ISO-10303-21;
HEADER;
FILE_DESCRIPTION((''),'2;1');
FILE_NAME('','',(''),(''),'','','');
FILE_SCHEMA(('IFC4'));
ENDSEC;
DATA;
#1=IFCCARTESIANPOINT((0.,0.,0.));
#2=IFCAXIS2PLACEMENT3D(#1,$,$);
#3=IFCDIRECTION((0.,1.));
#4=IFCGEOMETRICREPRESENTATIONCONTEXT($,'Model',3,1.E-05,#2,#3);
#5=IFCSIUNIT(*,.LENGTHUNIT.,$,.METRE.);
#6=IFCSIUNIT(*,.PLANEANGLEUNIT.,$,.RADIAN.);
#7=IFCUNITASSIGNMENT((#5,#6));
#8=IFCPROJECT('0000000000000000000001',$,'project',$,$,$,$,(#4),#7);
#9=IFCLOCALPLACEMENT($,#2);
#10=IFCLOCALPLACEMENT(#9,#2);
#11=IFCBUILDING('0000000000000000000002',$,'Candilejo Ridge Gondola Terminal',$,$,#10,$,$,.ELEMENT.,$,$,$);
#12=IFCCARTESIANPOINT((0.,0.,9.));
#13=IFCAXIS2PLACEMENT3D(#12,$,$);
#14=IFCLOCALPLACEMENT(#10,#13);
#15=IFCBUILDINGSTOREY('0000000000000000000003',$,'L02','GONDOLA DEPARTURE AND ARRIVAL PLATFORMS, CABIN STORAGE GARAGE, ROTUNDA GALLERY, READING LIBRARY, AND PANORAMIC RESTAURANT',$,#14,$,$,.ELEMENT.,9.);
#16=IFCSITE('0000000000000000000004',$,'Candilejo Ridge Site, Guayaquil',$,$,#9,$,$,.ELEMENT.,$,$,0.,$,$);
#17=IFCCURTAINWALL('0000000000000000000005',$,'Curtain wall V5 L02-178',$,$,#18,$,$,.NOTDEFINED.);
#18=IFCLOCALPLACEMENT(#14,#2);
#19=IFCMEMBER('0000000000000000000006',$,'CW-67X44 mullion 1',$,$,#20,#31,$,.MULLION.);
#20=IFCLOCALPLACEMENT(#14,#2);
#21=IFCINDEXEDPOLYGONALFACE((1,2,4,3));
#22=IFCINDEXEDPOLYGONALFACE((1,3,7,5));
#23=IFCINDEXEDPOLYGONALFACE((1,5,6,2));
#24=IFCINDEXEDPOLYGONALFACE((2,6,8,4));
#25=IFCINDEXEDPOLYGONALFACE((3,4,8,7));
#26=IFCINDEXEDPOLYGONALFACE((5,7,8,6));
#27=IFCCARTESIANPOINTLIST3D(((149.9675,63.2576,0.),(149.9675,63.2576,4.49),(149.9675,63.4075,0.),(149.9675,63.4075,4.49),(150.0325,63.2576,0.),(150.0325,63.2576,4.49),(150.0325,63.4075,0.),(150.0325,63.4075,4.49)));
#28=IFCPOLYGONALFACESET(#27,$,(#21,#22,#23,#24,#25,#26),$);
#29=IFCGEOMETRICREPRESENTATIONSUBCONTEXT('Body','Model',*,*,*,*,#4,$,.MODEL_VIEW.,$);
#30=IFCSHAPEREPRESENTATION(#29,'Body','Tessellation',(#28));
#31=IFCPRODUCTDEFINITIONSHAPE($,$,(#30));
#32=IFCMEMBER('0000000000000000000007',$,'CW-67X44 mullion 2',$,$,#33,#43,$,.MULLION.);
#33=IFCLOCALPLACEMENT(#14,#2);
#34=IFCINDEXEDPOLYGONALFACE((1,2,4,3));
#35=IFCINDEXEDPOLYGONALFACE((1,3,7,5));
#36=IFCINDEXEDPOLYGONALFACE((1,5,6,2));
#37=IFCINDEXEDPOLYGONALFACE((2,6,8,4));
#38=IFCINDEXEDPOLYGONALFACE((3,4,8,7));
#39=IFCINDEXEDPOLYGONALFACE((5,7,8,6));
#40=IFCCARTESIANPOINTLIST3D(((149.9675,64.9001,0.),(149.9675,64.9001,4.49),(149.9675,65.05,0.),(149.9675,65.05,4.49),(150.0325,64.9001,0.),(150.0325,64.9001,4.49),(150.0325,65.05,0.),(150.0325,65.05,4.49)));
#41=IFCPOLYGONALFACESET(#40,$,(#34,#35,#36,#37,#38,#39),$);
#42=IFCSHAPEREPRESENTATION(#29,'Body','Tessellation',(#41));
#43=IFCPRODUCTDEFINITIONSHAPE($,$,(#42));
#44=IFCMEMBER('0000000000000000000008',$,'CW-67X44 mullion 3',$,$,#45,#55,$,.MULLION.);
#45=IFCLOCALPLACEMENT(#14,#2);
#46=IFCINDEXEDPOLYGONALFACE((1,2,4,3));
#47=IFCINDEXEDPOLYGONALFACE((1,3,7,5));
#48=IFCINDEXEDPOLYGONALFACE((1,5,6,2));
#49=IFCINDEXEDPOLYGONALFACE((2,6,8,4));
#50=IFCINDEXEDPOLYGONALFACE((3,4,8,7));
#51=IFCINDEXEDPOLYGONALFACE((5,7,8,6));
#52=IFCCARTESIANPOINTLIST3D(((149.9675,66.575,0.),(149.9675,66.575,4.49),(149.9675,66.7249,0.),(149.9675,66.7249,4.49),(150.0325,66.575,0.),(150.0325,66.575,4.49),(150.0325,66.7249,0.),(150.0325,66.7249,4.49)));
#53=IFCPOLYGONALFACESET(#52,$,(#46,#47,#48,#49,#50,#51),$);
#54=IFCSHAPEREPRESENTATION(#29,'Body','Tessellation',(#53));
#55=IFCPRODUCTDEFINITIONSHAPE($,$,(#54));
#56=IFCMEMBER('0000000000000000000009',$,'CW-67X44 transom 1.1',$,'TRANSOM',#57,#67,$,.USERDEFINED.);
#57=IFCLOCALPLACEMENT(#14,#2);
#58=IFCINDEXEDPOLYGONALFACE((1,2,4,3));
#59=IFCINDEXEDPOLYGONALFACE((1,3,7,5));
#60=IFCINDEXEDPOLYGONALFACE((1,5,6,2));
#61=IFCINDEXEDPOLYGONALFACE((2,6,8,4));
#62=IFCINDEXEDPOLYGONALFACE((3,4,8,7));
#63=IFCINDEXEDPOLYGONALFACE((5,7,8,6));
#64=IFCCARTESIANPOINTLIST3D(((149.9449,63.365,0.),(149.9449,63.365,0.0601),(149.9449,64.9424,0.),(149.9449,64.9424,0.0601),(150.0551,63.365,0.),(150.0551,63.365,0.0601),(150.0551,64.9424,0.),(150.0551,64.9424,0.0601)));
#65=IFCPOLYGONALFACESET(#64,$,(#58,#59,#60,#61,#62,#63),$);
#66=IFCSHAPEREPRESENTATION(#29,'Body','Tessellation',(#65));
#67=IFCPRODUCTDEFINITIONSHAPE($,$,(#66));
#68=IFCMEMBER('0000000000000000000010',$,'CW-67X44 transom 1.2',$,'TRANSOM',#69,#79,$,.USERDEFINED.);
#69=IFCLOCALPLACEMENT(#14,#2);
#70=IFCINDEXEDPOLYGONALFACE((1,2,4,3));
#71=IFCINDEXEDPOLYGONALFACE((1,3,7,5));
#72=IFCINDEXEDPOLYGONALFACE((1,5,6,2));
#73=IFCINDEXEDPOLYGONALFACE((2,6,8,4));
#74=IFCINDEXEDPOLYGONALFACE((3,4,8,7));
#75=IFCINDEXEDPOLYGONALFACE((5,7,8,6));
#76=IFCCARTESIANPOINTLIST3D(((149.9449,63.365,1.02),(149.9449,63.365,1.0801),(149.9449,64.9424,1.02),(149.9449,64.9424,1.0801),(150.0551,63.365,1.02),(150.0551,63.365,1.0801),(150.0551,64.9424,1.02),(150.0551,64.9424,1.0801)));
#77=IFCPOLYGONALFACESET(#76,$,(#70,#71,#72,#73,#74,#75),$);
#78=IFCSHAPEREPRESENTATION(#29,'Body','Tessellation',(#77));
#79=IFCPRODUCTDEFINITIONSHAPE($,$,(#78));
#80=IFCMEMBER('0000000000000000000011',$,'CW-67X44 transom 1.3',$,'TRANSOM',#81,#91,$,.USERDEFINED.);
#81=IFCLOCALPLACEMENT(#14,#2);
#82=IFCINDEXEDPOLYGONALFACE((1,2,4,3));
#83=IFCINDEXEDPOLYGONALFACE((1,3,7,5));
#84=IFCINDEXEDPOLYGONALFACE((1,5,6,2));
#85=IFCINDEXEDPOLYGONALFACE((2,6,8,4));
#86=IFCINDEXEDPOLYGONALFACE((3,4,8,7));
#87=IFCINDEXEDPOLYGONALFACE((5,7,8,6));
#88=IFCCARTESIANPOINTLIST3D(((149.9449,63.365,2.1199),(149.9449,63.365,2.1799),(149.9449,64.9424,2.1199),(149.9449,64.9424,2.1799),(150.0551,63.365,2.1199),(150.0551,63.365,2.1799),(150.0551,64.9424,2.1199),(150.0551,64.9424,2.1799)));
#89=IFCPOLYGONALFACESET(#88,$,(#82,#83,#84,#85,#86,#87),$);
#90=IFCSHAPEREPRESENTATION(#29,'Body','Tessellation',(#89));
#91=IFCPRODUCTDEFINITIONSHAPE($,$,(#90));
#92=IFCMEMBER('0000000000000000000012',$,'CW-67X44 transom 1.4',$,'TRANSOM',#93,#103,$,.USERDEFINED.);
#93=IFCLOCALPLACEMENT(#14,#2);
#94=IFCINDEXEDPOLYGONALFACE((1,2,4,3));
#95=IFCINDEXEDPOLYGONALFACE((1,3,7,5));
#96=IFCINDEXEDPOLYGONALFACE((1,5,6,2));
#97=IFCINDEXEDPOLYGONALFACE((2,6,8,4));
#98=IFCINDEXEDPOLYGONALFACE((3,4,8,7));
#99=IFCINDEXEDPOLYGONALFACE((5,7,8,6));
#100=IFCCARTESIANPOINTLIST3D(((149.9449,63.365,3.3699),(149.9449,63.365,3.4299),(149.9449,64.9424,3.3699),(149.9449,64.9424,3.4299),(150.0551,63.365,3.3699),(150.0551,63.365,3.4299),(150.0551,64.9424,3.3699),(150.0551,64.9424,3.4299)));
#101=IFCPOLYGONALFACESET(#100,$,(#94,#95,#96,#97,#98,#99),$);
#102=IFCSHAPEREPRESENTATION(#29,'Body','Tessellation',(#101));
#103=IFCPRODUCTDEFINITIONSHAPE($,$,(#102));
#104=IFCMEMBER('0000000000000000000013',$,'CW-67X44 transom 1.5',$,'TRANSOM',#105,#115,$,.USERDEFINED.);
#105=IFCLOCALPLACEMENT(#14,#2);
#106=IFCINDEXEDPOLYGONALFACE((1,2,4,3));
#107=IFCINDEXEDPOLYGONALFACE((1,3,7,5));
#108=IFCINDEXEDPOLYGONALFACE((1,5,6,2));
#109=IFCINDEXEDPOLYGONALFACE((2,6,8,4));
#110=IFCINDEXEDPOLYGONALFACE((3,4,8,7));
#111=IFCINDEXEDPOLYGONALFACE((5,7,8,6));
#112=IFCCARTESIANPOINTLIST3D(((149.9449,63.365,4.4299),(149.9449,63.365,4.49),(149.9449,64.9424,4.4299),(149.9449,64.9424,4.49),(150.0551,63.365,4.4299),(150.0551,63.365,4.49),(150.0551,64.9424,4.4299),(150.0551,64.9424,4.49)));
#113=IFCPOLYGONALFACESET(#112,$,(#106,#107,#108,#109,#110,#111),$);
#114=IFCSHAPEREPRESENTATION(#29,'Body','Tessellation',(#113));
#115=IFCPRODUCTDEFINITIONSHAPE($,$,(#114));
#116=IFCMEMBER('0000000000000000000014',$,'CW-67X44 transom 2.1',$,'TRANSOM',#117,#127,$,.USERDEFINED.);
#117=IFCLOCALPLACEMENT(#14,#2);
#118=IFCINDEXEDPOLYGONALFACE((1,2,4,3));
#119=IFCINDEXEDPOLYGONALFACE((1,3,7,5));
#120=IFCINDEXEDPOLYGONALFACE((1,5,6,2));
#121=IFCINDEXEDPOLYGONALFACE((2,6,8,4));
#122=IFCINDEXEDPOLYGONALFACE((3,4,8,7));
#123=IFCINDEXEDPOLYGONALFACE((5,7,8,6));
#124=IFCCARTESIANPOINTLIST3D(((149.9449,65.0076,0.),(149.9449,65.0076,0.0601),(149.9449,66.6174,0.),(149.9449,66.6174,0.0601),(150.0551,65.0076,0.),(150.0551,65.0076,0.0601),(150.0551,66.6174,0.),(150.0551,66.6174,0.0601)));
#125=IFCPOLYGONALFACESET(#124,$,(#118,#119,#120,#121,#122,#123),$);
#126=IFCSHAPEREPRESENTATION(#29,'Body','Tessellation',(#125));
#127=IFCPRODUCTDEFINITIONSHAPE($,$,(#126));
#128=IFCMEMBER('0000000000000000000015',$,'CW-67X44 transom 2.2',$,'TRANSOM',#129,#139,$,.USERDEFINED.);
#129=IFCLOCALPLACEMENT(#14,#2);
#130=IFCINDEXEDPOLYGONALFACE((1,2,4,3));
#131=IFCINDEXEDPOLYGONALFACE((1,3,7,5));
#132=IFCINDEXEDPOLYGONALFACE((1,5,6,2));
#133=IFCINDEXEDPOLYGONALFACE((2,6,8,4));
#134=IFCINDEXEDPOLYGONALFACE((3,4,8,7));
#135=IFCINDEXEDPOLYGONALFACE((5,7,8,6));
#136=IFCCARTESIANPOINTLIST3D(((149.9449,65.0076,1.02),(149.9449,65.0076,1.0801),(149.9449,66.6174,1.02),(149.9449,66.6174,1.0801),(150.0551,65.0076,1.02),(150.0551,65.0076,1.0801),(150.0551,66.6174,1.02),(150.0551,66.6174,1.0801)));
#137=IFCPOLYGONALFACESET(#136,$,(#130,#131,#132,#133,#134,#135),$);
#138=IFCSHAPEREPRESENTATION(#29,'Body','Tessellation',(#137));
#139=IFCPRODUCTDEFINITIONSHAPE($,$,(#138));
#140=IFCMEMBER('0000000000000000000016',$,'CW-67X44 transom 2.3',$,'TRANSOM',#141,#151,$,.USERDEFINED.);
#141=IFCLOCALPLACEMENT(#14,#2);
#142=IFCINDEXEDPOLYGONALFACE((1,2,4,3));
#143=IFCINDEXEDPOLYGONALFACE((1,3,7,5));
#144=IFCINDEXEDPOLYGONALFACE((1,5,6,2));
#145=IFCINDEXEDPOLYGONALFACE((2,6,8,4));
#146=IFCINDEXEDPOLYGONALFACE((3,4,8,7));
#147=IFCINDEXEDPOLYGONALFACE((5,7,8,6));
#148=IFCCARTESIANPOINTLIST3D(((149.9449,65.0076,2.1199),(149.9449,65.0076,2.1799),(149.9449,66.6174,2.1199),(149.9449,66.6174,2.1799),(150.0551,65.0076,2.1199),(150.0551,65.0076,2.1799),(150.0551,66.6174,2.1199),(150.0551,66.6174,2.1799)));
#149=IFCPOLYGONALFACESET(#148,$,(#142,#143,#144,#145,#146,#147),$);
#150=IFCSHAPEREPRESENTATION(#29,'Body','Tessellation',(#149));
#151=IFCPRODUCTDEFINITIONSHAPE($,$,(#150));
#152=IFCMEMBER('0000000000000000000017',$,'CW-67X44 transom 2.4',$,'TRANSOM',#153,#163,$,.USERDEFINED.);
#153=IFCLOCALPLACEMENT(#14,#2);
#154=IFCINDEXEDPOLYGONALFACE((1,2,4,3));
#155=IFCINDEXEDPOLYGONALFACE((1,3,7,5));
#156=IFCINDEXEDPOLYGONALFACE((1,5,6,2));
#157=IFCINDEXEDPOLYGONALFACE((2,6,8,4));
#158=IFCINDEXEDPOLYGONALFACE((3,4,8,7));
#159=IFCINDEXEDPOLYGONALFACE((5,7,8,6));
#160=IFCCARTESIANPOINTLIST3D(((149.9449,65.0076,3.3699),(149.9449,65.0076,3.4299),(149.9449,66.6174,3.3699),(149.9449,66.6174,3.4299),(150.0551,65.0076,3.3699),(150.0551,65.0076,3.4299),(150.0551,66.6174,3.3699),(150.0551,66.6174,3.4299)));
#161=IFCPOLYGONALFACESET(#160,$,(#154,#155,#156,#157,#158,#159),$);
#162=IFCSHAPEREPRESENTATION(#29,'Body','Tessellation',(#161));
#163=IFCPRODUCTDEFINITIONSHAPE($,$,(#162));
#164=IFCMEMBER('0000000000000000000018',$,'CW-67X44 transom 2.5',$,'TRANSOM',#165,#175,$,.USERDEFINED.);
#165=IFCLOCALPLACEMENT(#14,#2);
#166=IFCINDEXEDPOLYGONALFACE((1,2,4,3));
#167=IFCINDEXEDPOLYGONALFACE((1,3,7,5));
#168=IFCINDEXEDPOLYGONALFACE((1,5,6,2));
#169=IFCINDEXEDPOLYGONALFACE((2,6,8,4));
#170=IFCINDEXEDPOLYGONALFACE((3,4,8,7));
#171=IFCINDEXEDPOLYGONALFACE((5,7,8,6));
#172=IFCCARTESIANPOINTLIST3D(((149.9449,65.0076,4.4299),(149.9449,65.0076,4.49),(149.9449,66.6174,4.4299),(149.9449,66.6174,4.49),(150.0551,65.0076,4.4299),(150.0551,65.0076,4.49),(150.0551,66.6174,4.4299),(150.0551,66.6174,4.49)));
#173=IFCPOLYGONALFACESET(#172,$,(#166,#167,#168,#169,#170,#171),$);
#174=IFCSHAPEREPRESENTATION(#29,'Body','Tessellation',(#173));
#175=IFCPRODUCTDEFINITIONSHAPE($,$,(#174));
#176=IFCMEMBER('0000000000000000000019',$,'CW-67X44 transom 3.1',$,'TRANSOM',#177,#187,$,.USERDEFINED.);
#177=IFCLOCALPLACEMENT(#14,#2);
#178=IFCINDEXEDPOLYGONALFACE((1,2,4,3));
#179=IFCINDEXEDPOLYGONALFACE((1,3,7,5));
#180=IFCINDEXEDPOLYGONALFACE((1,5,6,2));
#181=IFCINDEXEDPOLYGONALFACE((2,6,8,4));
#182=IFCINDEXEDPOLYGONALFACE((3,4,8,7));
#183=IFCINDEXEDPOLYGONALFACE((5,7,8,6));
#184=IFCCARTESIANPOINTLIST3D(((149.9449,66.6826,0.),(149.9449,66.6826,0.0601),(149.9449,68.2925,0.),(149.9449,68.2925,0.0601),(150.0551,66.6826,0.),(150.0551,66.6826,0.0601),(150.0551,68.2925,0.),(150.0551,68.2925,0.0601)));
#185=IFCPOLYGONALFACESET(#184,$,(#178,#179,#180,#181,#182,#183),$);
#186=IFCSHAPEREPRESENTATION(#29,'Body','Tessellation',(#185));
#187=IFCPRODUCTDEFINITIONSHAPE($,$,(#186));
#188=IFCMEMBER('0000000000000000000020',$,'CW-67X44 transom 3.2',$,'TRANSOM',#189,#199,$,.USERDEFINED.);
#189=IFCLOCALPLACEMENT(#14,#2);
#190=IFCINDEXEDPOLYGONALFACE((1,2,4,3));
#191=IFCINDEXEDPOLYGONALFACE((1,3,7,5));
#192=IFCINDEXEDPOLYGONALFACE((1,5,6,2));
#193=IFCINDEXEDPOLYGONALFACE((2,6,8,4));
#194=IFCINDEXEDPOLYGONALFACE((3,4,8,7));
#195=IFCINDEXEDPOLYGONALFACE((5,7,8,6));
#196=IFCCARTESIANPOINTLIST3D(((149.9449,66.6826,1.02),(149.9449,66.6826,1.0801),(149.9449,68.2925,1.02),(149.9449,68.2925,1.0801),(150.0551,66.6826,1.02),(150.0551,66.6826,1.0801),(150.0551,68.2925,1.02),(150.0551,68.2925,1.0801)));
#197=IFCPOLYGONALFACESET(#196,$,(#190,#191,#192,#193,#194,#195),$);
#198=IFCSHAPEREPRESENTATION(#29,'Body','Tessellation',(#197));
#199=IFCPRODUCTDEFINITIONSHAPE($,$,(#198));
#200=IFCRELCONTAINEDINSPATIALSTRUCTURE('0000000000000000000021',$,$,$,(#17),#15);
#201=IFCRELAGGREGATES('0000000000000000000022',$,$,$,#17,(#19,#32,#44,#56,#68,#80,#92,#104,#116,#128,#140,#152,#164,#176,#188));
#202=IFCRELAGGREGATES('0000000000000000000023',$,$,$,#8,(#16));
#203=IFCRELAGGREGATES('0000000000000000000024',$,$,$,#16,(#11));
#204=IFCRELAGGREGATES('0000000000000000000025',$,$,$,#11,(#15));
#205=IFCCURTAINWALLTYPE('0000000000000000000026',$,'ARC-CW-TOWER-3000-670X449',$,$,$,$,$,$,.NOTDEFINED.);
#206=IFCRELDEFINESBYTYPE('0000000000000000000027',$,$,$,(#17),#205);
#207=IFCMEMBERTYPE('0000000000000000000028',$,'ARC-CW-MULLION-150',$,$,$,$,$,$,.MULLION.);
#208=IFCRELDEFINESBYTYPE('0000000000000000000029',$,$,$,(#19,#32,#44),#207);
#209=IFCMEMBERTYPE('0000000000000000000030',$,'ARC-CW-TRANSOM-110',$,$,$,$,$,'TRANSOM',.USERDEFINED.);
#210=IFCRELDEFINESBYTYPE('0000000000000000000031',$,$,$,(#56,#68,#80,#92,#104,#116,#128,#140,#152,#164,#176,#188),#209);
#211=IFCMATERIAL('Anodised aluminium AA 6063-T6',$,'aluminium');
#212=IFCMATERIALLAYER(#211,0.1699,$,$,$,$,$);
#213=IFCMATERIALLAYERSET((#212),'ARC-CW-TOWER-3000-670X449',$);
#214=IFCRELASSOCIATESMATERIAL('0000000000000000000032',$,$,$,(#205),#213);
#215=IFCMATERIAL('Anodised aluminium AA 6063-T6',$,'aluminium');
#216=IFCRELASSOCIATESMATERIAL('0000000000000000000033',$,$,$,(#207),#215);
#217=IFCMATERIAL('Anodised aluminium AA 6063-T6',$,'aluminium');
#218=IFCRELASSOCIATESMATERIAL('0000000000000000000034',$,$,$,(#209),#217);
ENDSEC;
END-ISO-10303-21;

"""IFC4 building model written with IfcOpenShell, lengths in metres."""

from ifc_helpers import new_model, si_unit, direction, frame, origin, origin_2d, place, context, subcontext, project, spatial, rectangle, extrude, material, layer, layer_set, material_profile, profile_set, type_object, element, aggregate, save


model = new_model("IFC4")

# Units and contexts
model_context = context("Model", 3, precision=1e-05, world=origin(), true_north=direction((0.0, 1.0)))
body_context = subcontext(model_context, "Body", "Model", "MODEL_VIEW")
ifc_project = project(units=[si_unit("LENGTHUNIT", "METRE"), si_unit("PLANEANGLEUNIT", "RADIAN")], contexts=[model_context])

# Site, building, storey
site_placement = place(None, origin())
site = spatial("IfcSite", under=ifc_project, at=site_placement, Name="Candilejo Ridge Site, Guayaquil", CompositionType="ELEMENT", RefElevation=0.0)
building_placement = place(site_placement, origin())
building = spatial("IfcBuilding", under=site, at=building_placement, Name="Candilejo Ridge Gondola Terminal", CompositionType="ELEMENT")
storey_placement = place(building_placement, frame((0.0, 0.0, 9.0)))
storey = spatial("IfcBuildingStorey", under=building, at=storey_placement, Name="L02", Description="GONDOLA DEPARTURE AND ARRIVAL PLATFORMS, CABIN STORAGE GARAGE, ROTUNDA GALLERY, READING LIBRARY, AND PANORAMIC RESTAURANT", CompositionType="ELEMENT", Elevation=9.0)

# Curtain wall, members
ifc_material_1 = material(Name="Anodised aluminium AA 6063-T6", Category="aluminium")
ifc_layer_1 = layer(ifc_material_1, 0.1699)
ifc_layer_set_1 = layer_set([ifc_layer_1], Name="ARC-CW-TOWER-3000-670X449")
curtain_wall_type = type_object("IfcCurtainWallType", Name="ARC-CW-TOWER-3000-670X449", PredefinedType="NOTDEFINED", material=ifc_layer_set_1)
curtain_wall_placement = place(storey_placement, origin())
curtain_wall = element("IfcCurtainWall", 1, at=curtain_wall_placement, inside=storey, type_object=curtain_wall_type, Name="Curtain wall V5 L02-178", PredefinedType="NOTDEFINED")
ifc_material_2 = material(Name="Anodised aluminium AA 6063-T6", Category="aluminium")
ifc_material_profile_1 = material_profile(ifc_material_2, rectangle(XDim=0.0649, YDim=0.1499, at=origin_2d()))
ifc_profile_set_1 = profile_set([ifc_material_profile_1], Name="Anodised aluminium AA 6063-T6")
member_type_1 = type_object("IfcMemberType", Name="ARC-CW-MULLION-150", PredefinedType="MULLION", material=ifc_profile_set_1)
member_1_placement = place(storey_placement, frame((150.0, 63.3325, 0.0), z_axis=(0.0, 0.0, 1.0), x_axis=(-1.0, 0.0, 0.0)))
member_1 = element("IfcMember", 2, at=member_1_placement, type_object=member_type_1, Name="CW-67X44 mullion 1", PredefinedType="MULLION", context=body_context, shape_type="SweptSolid", body=[
    extrude(rectangle(XDim=0.0649, YDim=0.1499, at=origin_2d()), origin(), (0.0, 0.0, 1.0), 4.49),
])
member_2_placement = place(storey_placement, frame((150.0, 64.9751, 0.0), z_axis=(0.0, 0.0, 1.0), x_axis=(-1.0, 0.0, 0.0)))
member_2 = element("IfcMember", 3, at=member_2_placement, type_object=member_type_1, Name="CW-67X44 mullion 2", PredefinedType="MULLION", context=body_context, shape_type="SweptSolid", body=[
    extrude(rectangle(XDim=0.0649, YDim=0.1499, at=origin_2d()), origin(), (0.0, 0.0, 1.0), 4.49),
])
member_3_placement = place(storey_placement, frame((150.0, 66.6499, 0.0), z_axis=(0.0, 0.0, 1.0), x_axis=(-1.0, 0.0, 0.0)))
member_3 = element("IfcMember", 4, at=member_3_placement, type_object=member_type_1, Name="CW-67X44 mullion 3", PredefinedType="MULLION", context=body_context, shape_type="SweptSolid", body=[
    extrude(rectangle(XDim=0.0649, YDim=0.1499, at=origin_2d()), origin(), (0.0, 0.0, 1.0), 4.49),
])
ifc_material_3 = material(Name="Anodised aluminium AA 6063-T6", Category="aluminium")
ifc_material_profile_2 = material_profile(ifc_material_3, rectangle(XDim=0.1101, YDim=0.0601, at=origin_2d()))
ifc_profile_set_2 = profile_set([ifc_material_profile_2], Name="Anodised aluminium AA 6063-T6")
member_type_2 = type_object("IfcMemberType", Name="ARC-CW-TRANSOM-110", ElementType="TRANSOM", PredefinedType="USERDEFINED", material=ifc_profile_set_2)
member_4_placement = place(storey_placement, frame((150.0, 63.365, 0.03), z_axis=(0.0, 1.0, 0.0), x_axis=(-1.0, 0.0, 0.0)))
member_4 = element("IfcMember", 5, at=member_4_placement, type_object=member_type_2, Name="CW-67X44 transom 1.1", ObjectType="TRANSOM", PredefinedType="USERDEFINED", context=body_context, shape_type="SweptSolid", body=[
    extrude(rectangle(XDim=0.1101, YDim=0.0601, at=origin_2d()), origin(), (0.0, 0.0, 1.0), 1.5774),
])
member_5_placement = place(storey_placement, frame((150.0, 63.365, 1.05), z_axis=(0.0, 1.0, 0.0), x_axis=(-1.0, 0.0, 0.0)))
member_5 = element("IfcMember", 6, at=member_5_placement, type_object=member_type_2, Name="CW-67X44 transom 1.2", ObjectType="TRANSOM", PredefinedType="USERDEFINED", context=body_context, shape_type="SweptSolid", body=[
    extrude(rectangle(XDim=0.1101, YDim=0.0601, at=origin_2d()), origin(), (0.0, 0.0, 1.0), 1.5774),
])
member_6_placement = place(storey_placement, frame((150.0, 63.365, 2.1499), z_axis=(0.0, 1.0, 0.0), x_axis=(-1.0, 0.0, 0.0)))
member_6 = element("IfcMember", 7, at=member_6_placement, type_object=member_type_2, Name="CW-67X44 transom 1.3", ObjectType="TRANSOM", PredefinedType="USERDEFINED", context=body_context, shape_type="SweptSolid", body=[
    extrude(rectangle(XDim=0.1101, YDim=0.0601, at=origin_2d()), origin(), (0.0, 0.0, 1.0), 1.5774),
])
member_7_placement = place(storey_placement, frame((150.0, 63.365, 3.3999), z_axis=(0.0, 1.0, 0.0), x_axis=(-1.0, 0.0, 0.0)))
member_7 = element("IfcMember", 8, at=member_7_placement, type_object=member_type_2, Name="CW-67X44 transom 1.4", ObjectType="TRANSOM", PredefinedType="USERDEFINED", context=body_context, shape_type="SweptSolid", body=[
    extrude(rectangle(XDim=0.1101, YDim=0.0601, at=origin_2d()), origin(), (0.0, 0.0, 1.0), 1.5774),
])
member_8_placement = place(storey_placement, frame((150.0, 63.365, 4.46), z_axis=(0.0, 1.0, 0.0), x_axis=(-1.0, 0.0, 0.0)))
member_8 = element("IfcMember", 9, at=member_8_placement, type_object=member_type_2, Name="CW-67X44 transom 1.5", ObjectType="TRANSOM", PredefinedType="USERDEFINED", context=body_context, shape_type="SweptSolid", body=[
    extrude(rectangle(XDim=0.1101, YDim=0.0601, at=origin_2d()), origin(), (0.0, 0.0, 1.0), 1.5774),
])
member_9_placement = place(storey_placement, frame((150.0, 65.0076, 0.03), z_axis=(0.0, 1.0, 0.0), x_axis=(-1.0, 0.0, 0.0)))
member_9 = element("IfcMember", 10, at=member_9_placement, type_object=member_type_2, Name="CW-67X44 transom 2.1", ObjectType="TRANSOM", PredefinedType="USERDEFINED", context=body_context, shape_type="SweptSolid", body=[
    extrude(rectangle(XDim=0.1101, YDim=0.0601, at=origin_2d()), origin(), (0.0, 0.0, 1.0), 1.6099),
])
member_10_placement = place(storey_placement, frame((150.0, 65.0076, 1.05), z_axis=(0.0, 1.0, 0.0), x_axis=(-1.0, 0.0, 0.0)))
member_10 = element("IfcMember", 11, at=member_10_placement, type_object=member_type_2, Name="CW-67X44 transom 2.2", ObjectType="TRANSOM", PredefinedType="USERDEFINED", context=body_context, shape_type="SweptSolid", body=[
    extrude(rectangle(XDim=0.1101, YDim=0.0601, at=origin_2d()), origin(), (0.0, 0.0, 1.0), 1.6099),
])
member_11_placement = place(storey_placement, frame((150.0, 65.0076, 2.1499), z_axis=(0.0, 1.0, 0.0), x_axis=(-1.0, 0.0, 0.0)))
member_11 = element("IfcMember", 12, at=member_11_placement, type_object=member_type_2, Name="CW-67X44 transom 2.3", ObjectType="TRANSOM", PredefinedType="USERDEFINED", context=body_context, shape_type="SweptSolid", body=[
    extrude(rectangle(XDim=0.1101, YDim=0.0601, at=origin_2d()), origin(), (0.0, 0.0, 1.0), 1.6099),
])
member_12_placement = place(storey_placement, frame((150.0, 65.0076, 3.3999), z_axis=(0.0, 1.0, 0.0), x_axis=(-1.0, 0.0, 0.0)))
member_12 = element("IfcMember", 13, at=member_12_placement, type_object=member_type_2, Name="CW-67X44 transom 2.4", ObjectType="TRANSOM", PredefinedType="USERDEFINED", context=body_context, shape_type="SweptSolid", body=[
    extrude(rectangle(XDim=0.1101, YDim=0.0601, at=origin_2d()), origin(), (0.0, 0.0, 1.0), 1.6099),
])
member_13_placement = place(storey_placement, frame((150.0, 65.0076, 4.46), z_axis=(0.0, 1.0, 0.0), x_axis=(-1.0, 0.0, 0.0)))
member_13 = element("IfcMember", 14, at=member_13_placement, type_object=member_type_2, Name="CW-67X44 transom 2.5", ObjectType="TRANSOM", PredefinedType="USERDEFINED", context=body_context, shape_type="SweptSolid", body=[
    extrude(rectangle(XDim=0.1101, YDim=0.0601, at=origin_2d()), origin(), (0.0, 0.0, 1.0), 1.6099),
])
member_14_placement = place(storey_placement, frame((150.0, 66.6826, 0.03), z_axis=(0.0, 1.0, 0.0), x_axis=(-1.0, 0.0, 0.0)))
member_14 = element("IfcMember", 15, at=member_14_placement, type_object=member_type_2, Name="CW-67X44 transom 3.1", ObjectType="TRANSOM", PredefinedType="USERDEFINED", context=body_context, shape_type="SweptSolid", body=[
    extrude(rectangle(XDim=0.1101, YDim=0.0601, at=origin_2d()), origin(), (0.0, 0.0, 1.0), 1.6099),
])
member_15_placement = place(storey_placement, frame((150.0, 66.6826, 1.05), z_axis=(0.0, 1.0, 0.0), x_axis=(-1.0, 0.0, 0.0)))
member_15 = element("IfcMember", 16, at=member_15_placement, type_object=member_type_2, Name="CW-67X44 transom 3.2", ObjectType="TRANSOM", PredefinedType="USERDEFINED", context=body_context, shape_type="SweptSolid", body=[
    extrude(rectangle(XDim=0.1101, YDim=0.0601, at=origin_2d()), origin(), (0.0, 0.0, 1.0), 1.6099),
])

aggregate(curtain_wall, [member_1, member_2, member_3, member_4, member_5, member_6, member_7, member_8, member_9, member_10, member_11, member_12, member_13, member_14, member_15])

save(model, "model.ifc")
